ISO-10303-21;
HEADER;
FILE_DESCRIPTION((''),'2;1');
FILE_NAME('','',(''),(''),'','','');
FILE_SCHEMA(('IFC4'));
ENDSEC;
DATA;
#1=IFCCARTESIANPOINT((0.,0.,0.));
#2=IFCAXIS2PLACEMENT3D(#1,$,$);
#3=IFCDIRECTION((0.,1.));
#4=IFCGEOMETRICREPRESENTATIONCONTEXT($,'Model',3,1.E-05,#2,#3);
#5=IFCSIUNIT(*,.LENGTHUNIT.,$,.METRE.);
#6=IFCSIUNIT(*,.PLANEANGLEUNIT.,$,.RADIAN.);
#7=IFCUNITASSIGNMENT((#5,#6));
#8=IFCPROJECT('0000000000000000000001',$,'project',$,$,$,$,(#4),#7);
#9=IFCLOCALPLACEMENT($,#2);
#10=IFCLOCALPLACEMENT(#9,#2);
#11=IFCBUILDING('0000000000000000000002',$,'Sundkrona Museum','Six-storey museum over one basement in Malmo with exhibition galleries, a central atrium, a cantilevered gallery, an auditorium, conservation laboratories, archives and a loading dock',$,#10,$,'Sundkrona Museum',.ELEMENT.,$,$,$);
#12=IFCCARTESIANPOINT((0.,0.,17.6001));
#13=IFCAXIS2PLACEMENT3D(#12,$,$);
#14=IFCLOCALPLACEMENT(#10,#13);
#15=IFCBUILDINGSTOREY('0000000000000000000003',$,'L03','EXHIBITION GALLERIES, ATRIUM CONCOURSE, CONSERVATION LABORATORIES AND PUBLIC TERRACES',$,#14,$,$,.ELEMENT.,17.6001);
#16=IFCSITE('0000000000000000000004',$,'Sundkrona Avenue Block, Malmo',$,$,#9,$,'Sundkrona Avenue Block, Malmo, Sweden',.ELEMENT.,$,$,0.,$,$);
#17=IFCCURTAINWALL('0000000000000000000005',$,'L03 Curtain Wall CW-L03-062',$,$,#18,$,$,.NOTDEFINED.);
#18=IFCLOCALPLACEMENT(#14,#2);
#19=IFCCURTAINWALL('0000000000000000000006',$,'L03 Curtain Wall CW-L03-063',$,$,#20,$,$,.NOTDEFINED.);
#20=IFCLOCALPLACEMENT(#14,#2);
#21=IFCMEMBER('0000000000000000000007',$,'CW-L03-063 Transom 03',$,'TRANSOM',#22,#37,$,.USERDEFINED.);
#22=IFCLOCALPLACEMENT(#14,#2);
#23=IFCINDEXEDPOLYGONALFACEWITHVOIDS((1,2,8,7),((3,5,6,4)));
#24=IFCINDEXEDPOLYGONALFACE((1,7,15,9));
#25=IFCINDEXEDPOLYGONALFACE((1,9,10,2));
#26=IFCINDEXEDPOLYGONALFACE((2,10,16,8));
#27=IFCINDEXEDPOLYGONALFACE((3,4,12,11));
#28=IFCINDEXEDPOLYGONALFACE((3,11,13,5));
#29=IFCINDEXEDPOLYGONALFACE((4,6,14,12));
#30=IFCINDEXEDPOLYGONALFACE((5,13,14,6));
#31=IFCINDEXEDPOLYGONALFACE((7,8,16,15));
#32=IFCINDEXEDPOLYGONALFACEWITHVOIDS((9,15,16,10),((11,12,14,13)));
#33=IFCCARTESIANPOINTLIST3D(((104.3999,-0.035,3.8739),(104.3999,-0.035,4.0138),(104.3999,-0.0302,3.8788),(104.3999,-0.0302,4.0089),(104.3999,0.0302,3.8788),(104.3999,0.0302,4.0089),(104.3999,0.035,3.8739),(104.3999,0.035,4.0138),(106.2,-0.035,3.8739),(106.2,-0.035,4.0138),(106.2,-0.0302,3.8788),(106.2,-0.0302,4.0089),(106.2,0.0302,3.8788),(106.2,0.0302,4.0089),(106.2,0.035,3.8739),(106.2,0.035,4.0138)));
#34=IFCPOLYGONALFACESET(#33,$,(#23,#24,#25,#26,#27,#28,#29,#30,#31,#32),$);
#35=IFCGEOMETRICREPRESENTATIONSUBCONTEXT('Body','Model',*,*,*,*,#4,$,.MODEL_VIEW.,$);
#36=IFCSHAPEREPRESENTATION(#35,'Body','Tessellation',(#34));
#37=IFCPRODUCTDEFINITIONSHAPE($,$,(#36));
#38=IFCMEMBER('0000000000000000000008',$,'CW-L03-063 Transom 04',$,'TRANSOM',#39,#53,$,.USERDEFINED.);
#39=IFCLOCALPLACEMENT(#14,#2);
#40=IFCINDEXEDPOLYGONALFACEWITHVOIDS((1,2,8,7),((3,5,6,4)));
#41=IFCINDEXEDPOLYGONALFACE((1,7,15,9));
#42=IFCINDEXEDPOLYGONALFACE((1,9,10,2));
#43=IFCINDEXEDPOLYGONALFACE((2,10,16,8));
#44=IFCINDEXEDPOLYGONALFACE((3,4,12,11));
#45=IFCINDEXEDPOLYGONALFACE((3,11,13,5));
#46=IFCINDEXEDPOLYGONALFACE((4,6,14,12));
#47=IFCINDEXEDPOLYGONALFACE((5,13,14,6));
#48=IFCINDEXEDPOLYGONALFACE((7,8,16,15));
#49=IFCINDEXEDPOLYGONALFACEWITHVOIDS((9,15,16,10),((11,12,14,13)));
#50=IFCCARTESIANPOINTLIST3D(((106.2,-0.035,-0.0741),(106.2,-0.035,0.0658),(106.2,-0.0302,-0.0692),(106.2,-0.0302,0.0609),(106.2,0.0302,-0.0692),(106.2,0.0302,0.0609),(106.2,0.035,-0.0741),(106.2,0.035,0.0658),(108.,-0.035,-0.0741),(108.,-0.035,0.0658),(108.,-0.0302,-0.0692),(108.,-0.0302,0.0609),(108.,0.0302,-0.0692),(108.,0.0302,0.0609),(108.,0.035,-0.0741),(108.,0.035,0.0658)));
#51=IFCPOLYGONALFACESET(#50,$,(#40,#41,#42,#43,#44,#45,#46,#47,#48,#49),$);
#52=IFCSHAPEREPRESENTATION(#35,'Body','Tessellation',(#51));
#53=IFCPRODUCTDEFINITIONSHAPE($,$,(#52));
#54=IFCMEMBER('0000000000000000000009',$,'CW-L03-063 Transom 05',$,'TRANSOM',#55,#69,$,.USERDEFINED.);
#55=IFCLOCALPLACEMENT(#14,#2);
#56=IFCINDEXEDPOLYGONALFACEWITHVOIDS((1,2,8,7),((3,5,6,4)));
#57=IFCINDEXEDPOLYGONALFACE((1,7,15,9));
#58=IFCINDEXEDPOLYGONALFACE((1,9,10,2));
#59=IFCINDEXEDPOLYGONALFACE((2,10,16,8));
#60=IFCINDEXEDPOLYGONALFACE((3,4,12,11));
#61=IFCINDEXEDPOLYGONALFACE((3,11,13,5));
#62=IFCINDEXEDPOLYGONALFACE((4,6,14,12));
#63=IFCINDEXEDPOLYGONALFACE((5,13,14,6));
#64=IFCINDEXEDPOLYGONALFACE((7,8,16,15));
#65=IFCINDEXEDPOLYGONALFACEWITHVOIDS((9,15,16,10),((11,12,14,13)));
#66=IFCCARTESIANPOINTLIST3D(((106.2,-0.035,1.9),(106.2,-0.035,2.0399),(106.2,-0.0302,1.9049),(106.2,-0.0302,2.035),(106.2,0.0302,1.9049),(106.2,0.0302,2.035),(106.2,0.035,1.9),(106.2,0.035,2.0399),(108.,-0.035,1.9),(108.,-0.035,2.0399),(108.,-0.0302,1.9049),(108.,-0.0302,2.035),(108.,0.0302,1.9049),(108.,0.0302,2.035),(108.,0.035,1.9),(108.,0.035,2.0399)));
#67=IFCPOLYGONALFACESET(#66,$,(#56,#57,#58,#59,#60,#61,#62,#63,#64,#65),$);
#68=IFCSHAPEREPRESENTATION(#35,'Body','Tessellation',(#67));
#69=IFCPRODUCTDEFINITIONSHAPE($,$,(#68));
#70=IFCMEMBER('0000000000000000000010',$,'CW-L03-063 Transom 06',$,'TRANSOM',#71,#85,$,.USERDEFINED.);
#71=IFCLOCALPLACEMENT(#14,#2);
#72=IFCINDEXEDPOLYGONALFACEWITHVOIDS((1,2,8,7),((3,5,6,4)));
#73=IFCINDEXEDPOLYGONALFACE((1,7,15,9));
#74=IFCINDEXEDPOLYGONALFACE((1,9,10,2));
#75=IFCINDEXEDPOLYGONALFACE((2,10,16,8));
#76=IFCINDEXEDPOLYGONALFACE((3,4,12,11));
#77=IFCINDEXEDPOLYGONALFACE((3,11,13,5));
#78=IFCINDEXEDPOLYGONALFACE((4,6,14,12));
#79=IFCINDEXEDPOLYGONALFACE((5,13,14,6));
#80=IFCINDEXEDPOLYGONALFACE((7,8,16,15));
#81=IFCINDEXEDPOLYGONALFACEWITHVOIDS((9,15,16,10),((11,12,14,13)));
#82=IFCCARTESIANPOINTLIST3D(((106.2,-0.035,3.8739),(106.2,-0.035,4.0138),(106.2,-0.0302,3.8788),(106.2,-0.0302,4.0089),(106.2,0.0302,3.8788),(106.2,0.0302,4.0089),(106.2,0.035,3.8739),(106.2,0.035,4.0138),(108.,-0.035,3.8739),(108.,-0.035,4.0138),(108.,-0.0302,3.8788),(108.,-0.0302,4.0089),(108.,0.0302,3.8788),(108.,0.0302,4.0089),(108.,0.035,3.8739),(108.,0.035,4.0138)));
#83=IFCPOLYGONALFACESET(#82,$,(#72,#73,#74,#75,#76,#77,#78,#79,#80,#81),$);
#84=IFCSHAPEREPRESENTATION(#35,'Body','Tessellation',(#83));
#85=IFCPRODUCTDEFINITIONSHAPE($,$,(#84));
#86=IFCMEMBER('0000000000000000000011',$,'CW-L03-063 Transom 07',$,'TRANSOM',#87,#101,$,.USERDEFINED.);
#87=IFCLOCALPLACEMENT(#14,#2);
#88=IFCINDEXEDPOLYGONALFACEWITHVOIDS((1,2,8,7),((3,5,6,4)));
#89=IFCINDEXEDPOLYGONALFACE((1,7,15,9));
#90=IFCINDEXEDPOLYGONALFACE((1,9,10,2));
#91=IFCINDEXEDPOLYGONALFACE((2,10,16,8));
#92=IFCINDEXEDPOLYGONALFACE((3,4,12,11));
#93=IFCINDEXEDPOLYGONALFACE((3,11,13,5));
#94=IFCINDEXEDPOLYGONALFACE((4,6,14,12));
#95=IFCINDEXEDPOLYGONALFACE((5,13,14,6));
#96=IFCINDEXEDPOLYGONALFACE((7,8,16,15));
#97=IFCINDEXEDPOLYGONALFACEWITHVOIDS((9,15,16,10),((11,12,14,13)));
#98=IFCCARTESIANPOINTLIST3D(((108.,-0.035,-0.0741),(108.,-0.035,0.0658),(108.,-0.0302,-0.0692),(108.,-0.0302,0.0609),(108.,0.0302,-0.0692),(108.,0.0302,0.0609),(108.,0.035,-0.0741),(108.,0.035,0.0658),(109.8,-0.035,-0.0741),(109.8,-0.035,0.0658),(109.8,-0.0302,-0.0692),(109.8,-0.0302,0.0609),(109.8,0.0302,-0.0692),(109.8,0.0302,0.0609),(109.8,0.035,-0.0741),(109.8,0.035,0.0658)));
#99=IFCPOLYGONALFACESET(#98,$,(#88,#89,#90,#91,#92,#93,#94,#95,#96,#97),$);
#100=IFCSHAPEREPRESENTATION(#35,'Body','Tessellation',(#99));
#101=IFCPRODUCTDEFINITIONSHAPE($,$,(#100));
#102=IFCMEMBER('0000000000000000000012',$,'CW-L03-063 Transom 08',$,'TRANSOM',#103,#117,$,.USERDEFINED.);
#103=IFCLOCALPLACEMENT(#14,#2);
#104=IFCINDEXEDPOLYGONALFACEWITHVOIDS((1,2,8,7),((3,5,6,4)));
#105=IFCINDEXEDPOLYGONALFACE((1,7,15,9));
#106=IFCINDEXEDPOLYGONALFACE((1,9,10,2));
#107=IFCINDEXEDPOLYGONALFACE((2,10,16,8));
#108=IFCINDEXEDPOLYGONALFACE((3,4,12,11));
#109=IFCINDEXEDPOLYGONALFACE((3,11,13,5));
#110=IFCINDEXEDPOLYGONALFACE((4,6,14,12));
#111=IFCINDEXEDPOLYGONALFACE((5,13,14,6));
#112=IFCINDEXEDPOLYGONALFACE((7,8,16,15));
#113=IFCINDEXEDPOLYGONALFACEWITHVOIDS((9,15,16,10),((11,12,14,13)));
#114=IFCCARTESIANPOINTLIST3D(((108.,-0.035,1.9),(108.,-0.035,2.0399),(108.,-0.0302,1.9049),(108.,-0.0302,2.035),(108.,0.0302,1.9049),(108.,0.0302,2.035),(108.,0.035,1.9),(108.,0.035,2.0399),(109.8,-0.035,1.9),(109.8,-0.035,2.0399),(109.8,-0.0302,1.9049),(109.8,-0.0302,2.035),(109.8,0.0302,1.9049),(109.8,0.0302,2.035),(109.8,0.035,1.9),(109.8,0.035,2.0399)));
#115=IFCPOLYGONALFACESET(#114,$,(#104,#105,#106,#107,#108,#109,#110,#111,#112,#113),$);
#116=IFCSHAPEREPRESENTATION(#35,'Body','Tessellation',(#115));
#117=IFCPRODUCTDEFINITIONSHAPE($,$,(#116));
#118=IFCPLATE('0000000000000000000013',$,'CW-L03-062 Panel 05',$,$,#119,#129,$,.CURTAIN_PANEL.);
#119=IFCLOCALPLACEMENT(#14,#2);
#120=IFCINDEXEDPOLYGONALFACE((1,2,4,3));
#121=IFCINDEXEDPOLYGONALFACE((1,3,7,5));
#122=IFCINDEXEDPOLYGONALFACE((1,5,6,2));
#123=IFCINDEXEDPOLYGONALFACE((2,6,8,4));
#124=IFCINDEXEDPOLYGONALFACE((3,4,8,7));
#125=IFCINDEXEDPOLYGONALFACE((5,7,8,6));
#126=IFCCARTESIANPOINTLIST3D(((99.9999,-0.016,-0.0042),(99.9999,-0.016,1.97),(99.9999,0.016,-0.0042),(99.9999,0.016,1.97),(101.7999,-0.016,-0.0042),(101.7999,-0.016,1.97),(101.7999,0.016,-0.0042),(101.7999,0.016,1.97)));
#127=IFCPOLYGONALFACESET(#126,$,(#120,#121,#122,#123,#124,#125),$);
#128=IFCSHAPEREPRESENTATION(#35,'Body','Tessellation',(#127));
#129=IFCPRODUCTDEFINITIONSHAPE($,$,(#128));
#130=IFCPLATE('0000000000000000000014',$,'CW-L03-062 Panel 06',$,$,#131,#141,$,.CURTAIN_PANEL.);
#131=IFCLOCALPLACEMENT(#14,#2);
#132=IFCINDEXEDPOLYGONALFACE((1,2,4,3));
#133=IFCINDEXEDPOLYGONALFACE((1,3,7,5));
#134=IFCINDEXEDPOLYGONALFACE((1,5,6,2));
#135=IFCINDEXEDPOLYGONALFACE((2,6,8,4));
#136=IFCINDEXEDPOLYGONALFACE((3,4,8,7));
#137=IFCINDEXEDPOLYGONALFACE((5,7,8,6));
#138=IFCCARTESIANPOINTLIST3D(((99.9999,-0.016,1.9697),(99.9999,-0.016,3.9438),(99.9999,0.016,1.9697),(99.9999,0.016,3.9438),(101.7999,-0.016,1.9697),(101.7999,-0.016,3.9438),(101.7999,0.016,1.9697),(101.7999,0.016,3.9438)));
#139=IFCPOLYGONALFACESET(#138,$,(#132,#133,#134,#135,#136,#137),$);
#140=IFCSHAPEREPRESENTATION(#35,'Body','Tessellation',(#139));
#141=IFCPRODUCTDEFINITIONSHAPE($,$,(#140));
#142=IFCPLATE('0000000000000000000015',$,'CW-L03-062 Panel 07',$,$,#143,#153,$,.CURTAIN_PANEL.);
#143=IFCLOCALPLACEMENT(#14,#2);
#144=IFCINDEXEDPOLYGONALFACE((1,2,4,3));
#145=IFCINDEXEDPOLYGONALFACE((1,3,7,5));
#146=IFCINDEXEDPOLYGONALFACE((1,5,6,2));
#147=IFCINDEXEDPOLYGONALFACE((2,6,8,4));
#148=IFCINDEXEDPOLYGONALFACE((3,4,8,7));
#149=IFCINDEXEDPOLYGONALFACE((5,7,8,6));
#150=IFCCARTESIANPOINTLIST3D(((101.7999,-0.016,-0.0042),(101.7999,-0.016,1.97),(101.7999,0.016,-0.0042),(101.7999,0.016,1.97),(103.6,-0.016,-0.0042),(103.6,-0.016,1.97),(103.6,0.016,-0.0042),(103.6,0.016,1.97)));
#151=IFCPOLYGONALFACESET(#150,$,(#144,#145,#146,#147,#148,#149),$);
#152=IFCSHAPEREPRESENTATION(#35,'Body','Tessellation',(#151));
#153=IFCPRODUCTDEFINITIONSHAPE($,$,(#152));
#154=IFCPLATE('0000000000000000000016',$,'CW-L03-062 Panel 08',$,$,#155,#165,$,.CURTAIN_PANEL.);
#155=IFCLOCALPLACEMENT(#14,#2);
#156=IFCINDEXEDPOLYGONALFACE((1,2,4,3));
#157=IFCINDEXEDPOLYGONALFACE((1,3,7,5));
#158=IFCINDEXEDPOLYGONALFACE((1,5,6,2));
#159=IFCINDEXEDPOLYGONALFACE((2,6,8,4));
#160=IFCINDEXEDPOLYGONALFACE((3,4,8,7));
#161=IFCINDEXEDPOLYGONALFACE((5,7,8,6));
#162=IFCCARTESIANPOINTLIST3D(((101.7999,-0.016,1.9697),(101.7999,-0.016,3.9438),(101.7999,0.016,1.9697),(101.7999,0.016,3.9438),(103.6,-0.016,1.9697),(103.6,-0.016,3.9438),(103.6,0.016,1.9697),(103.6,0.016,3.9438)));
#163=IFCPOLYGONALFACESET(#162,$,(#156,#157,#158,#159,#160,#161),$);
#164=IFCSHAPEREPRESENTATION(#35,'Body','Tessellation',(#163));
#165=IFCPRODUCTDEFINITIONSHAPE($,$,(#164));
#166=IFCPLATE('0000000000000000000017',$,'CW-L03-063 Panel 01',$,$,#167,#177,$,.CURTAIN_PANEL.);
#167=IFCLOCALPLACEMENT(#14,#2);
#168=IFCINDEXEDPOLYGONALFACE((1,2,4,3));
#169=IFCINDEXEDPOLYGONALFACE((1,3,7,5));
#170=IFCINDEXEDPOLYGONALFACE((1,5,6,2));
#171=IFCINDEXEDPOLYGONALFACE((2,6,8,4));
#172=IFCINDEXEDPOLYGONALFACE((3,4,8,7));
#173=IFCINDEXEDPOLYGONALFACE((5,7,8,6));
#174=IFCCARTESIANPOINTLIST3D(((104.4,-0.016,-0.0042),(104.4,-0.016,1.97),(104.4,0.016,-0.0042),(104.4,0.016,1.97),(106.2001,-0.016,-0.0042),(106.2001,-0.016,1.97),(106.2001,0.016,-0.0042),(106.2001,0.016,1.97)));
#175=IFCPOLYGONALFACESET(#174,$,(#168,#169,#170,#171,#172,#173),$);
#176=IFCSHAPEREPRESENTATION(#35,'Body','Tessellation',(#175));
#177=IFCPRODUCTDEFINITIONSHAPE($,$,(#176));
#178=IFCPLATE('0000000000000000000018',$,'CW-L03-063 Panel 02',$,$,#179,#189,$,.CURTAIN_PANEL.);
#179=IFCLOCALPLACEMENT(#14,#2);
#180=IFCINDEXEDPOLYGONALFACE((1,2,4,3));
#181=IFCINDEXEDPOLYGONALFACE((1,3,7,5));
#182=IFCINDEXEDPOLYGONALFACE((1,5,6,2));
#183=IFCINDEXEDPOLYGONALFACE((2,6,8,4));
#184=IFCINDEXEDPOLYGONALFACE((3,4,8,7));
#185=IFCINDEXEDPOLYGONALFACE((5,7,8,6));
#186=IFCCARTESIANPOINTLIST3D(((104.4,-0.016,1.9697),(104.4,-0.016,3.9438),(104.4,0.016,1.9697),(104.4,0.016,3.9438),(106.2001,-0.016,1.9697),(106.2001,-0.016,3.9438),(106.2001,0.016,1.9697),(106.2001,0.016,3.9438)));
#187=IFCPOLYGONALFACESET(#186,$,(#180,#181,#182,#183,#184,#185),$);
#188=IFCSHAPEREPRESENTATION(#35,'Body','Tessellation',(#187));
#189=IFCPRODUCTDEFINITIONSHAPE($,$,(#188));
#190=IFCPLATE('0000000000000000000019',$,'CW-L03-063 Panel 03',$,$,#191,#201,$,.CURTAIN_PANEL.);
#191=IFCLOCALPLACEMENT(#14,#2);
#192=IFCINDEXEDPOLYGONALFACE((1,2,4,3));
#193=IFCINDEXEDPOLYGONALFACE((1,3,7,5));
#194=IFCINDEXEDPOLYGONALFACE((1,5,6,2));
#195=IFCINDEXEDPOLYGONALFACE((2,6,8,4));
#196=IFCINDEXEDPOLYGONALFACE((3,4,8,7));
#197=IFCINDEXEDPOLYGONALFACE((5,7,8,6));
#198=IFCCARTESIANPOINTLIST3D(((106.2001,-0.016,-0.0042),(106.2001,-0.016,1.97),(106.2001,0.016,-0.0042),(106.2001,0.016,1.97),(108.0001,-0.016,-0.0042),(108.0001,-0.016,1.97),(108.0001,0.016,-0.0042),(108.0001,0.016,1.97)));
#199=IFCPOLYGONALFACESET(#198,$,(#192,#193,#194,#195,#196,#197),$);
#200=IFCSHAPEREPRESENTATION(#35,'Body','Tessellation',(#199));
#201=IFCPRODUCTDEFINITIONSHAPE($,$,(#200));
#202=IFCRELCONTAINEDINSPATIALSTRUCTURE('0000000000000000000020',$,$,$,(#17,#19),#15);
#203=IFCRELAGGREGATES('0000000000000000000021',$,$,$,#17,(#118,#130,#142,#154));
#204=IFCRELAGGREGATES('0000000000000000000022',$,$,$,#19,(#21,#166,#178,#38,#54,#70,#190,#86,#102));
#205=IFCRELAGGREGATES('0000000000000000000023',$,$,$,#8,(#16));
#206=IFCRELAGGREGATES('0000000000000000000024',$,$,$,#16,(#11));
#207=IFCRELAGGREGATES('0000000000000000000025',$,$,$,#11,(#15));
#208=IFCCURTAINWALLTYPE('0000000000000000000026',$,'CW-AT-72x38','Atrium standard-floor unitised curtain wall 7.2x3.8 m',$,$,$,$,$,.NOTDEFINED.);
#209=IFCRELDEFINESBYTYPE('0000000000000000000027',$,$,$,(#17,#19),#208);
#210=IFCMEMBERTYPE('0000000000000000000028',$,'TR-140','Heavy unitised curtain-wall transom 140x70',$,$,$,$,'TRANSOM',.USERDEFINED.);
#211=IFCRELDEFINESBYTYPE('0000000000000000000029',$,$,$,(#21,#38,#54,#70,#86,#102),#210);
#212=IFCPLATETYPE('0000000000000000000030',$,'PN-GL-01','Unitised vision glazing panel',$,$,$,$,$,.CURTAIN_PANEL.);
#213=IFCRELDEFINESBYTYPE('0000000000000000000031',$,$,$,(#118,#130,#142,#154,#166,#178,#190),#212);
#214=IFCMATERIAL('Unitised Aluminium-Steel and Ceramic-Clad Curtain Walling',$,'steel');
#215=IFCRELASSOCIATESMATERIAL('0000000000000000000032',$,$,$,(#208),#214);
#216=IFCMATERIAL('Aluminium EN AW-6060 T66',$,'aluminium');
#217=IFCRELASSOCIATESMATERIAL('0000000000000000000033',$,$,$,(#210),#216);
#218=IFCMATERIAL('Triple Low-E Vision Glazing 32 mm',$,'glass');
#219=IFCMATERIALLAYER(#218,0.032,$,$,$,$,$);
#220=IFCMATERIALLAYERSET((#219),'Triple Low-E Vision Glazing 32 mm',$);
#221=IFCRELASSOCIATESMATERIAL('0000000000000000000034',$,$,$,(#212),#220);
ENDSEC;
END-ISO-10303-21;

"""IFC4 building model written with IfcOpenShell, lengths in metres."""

from ifc_helpers import new_model, si_unit, direction, frame, origin, origin_2d, place, context, subcontext, project, spatial, rectangle, hollow_rectangle, extrude, material, layer, layer_set, material_profile, profile_set, type_object, element, aggregate, save


model = new_model("IFC4")

# Units and contexts
model_context = context("Model", 3, precision=1e-05, world=origin(), true_north=direction((0.0, 1.0)))
body_context = subcontext(model_context, "Body", "Model", "MODEL_VIEW")
ifc_project = project(units=[si_unit("LENGTHUNIT", "METRE"), si_unit("PLANEANGLEUNIT", "RADIAN")], contexts=[model_context])

# Site, building, storey
site_placement = place(None, origin())
site = spatial("IfcSite", under=ifc_project, at=site_placement, Name="Sundkrona Avenue Block, Malmo", LongName="Sundkrona Avenue Block, Malmo, Sweden", CompositionType="ELEMENT", RefElevation=0.0)
building_placement = place(site_placement, origin())
building = spatial("IfcBuilding", under=site, at=building_placement, Name="Sundkrona Museum", Description="Six-storey museum over one basement in Malmo with exhibition galleries, a central atrium, a cantilevered gallery, an auditorium, conservation laboratories, archives and a loading dock", LongName="Sundkrona Museum", CompositionType="ELEMENT")
storey_placement = place(building_placement, frame((0.0, 0.0, 17.6001)))
storey = spatial("IfcBuildingStorey", under=building, at=storey_placement, Name="L03", Description="EXHIBITION GALLERIES, ATRIUM CONCOURSE, CONSERVATION LABORATORIES AND PUBLIC TERRACES", CompositionType="ELEMENT", Elevation=17.6001)

# Curtain walls
ifc_material_1 = material(Name="Unitised Aluminium-Steel and Ceramic-Clad Curtain Walling", Category="steel")
curtain_wall_type = type_object("IfcCurtainWallType", Name="CW-AT-72x38", Description="Atrium standard-floor unitised curtain wall 7.2x3.8 m", PredefinedType="NOTDEFINED", material=ifc_material_1)
curtain_wall_1_placement = place(storey_placement, origin())
curtain_wall_1 = element("IfcCurtainWall", 1, at=curtain_wall_1_placement, inside=storey, type_object=curtain_wall_type, Name="L03 Curtain Wall CW-L03-062", PredefinedType="NOTDEFINED")
ifc_material_2 = material(Name="Aluminium EN AW-6060 T66", Category="aluminium")
curtain_wall_2_placement = place(storey_placement, origin())
curtain_wall_2 = element("IfcCurtainWall", 2, at=curtain_wall_2_placement, inside=storey, type_object=curtain_wall_type, Name="L03 Curtain Wall CW-L03-063", PredefinedType="NOTDEFINED")

# Members
ifc_material_profile_1 = material_profile(ifc_material_2, hollow_rectangle(XDim=0.0701, YDim=0.1399, WallThickness=0.0049, at=origin_2d()), Name="RHS 140x70x5.0")
ifc_profile_set_1 = profile_set([ifc_material_profile_1], Name="Aluminium EN AW-6060 T66")
member_type_1 = type_object("IfcMemberType", Name="TR-140", Description="Heavy unitised curtain-wall transom 140x70", ElementType="TRANSOM", PredefinedType="USERDEFINED", material=ifc_profile_set_1)
member_1_placement = place(storey_placement, frame((104.3999, 0.0, 3.9438), z_axis=(1.0, 0.0, 0.0), x_axis=(0.0, 1.0, 0.0)))
member_1 = element("IfcMember", 3, at=member_1_placement, type_object=member_type_1, Name="CW-L03-063 Transom 03", ObjectType="TRANSOM", PredefinedType="USERDEFINED", context=body_context, shape_type="SweptSolid", body=[
    extrude(hollow_rectangle(XDim=0.0701, YDim=0.1399, WallThickness=0.0049, at=origin_2d()), origin(), (0.0, 0.0, 1.0), 1.8),
])
member_2_placement = place(storey_placement, frame((106.2, 0.0, -0.0042), z_axis=(1.0, 0.0, 0.0), x_axis=(0.0, 1.0, 0.0)))
member_2 = element("IfcMember", 4, at=member_2_placement, type_object=member_type_1, Name="CW-L03-063 Transom 04", ObjectType="TRANSOM", PredefinedType="USERDEFINED", context=body_context, shape_type="SweptSolid", body=[
    extrude(hollow_rectangle(XDim=0.0701, YDim=0.1399, WallThickness=0.0049, at=origin_2d()), origin(), (0.0, 0.0, 1.0), 1.8),
])
member_3_placement = place(storey_placement, frame((106.2, 0.0, 1.97), z_axis=(1.0, 0.0, 0.0), x_axis=(0.0, 1.0, 0.0)))
member_3 = element("IfcMember", 5, at=member_3_placement, type_object=member_type_1, Name="CW-L03-063 Transom 05", ObjectType="TRANSOM", PredefinedType="USERDEFINED", context=body_context, shape_type="SweptSolid", body=[
    extrude(hollow_rectangle(XDim=0.0701, YDim=0.1399, WallThickness=0.0049, at=origin_2d()), origin(), (0.0, 0.0, 1.0), 1.8),
])
member_4_placement = place(storey_placement, frame((106.2, 0.0, 3.9438), z_axis=(1.0, 0.0, 0.0), x_axis=(0.0, 1.0, 0.0)))
member_4 = element("IfcMember", 6, at=member_4_placement, type_object=member_type_1, Name="CW-L03-063 Transom 06", ObjectType="TRANSOM", PredefinedType="USERDEFINED", context=body_context, shape_type="SweptSolid", body=[
    extrude(hollow_rectangle(XDim=0.0701, YDim=0.1399, WallThickness=0.0049, at=origin_2d()), origin(), (0.0, 0.0, 1.0), 1.8),
])
member_5_placement = place(storey_placement, frame((108.0, 0.0, -0.0042), z_axis=(1.0, 0.0, 0.0), x_axis=(0.0, 1.0, 0.0)))
member_5 = element("IfcMember", 7, at=member_5_placement, type_object=member_type_1, Name="CW-L03-063 Transom 07", ObjectType="TRANSOM", PredefinedType="USERDEFINED", context=body_context, shape_type="SweptSolid", body=[
    extrude(hollow_rectangle(XDim=0.0701, YDim=0.1399, WallThickness=0.0049, at=origin_2d()), origin(), (0.0, 0.0, 1.0), 1.8),
])
member_6_placement = place(storey_placement, frame((108.0, 0.0, 1.97), z_axis=(1.0, 0.0, 0.0), x_axis=(0.0, 1.0, 0.0)))
member_6 = element("IfcMember", 8, at=member_6_placement, type_object=member_type_1, Name="CW-L03-063 Transom 08", ObjectType="TRANSOM", PredefinedType="USERDEFINED", context=body_context, shape_type="SweptSolid", body=[
    extrude(hollow_rectangle(XDim=0.0701, YDim=0.1399, WallThickness=0.0049, at=origin_2d()), origin(), (0.0, 0.0, 1.0), 1.8),
])

# Plates
ifc_material_3 = material(Name="Triple Low-E Vision Glazing 32 mm", Category="glass")
ifc_layer = layer(ifc_material_3, 0.032)
ifc_layer_set = layer_set([ifc_layer], Name="Triple Low-E Vision Glazing 32 mm")
plate_type = type_object("IfcPlateType", Name="PN-GL-01", Description="Unitised vision glazing panel", PredefinedType="CURTAIN_PANEL", material=ifc_layer_set)
plate_1_placement = place(storey_placement, frame((100.8999, 0.0, -0.0042), z_axis=(0.0, 0.0, 1.0), x_axis=(1.0, 0.0, 0.0)))
plate_1 = element("IfcPlate", 9, at=plate_1_placement, type_object=plate_type, Name="CW-L03-062 Panel 05", PredefinedType="CURTAIN_PANEL", context=body_context, shape_type="SweptSolid", body=[
    extrude(rectangle(XDim=1.8, YDim=0.032, at=origin_2d()), origin(), (0.0, 0.0, 1.0), 1.9741),
])
plate_2_placement = place(storey_placement, frame((100.8999, 0.0, 1.9697), z_axis=(0.0, 0.0, 1.0), x_axis=(1.0, 0.0, 0.0)))
plate_2 = element("IfcPlate", 10, at=plate_2_placement, type_object=plate_type, Name="CW-L03-062 Panel 06", PredefinedType="CURTAIN_PANEL", context=body_context, shape_type="SweptSolid", body=[
    extrude(rectangle(XDim=1.8, YDim=0.032, at=origin_2d()), origin(), (0.0, 0.0, 1.0), 1.9741),
])
plate_3_placement = place(storey_placement, frame((102.7, 0.0, -0.0042), z_axis=(0.0, 0.0, 1.0), x_axis=(1.0, 0.0, 0.0)))
plate_3 = element("IfcPlate", 11, at=plate_3_placement, type_object=plate_type, Name="CW-L03-062 Panel 07", PredefinedType="CURTAIN_PANEL", context=body_context, shape_type="SweptSolid", body=[
    extrude(rectangle(XDim=1.8, YDim=0.032, at=origin_2d()), origin(), (0.0, 0.0, 1.0), 1.9741),
])
plate_4_placement = place(storey_placement, frame((102.7, 0.0, 1.9697), z_axis=(0.0, 0.0, 1.0), x_axis=(1.0, 0.0, 0.0)))
plate_4 = element("IfcPlate", 12, at=plate_4_placement, type_object=plate_type, Name="CW-L03-062 Panel 08", PredefinedType="CURTAIN_PANEL", context=body_context, shape_type="SweptSolid", body=[
    extrude(rectangle(XDim=1.8, YDim=0.032, at=origin_2d()), origin(), (0.0, 0.0, 1.0), 1.9741),
])
aggregate(curtain_wall_1, [plate_1, plate_2, plate_3, plate_4])
plate_5_placement = place(storey_placement, frame((105.3, 0.0, -0.0042), z_axis=(0.0, 0.0, 1.0), x_axis=(1.0, 0.0, 0.0)))
plate_5 = element("IfcPlate", 13, at=plate_5_placement, type_object=plate_type, Name="CW-L03-063 Panel 01", PredefinedType="CURTAIN_PANEL", context=body_context, shape_type="SweptSolid", body=[
    extrude(rectangle(XDim=1.8, YDim=0.032, at=origin_2d()), origin(), (0.0, 0.0, 1.0), 1.9741),
])
plate_6_placement = place(storey_placement, frame((105.3, 0.0, 1.9697), z_axis=(0.0, 0.0, 1.0), x_axis=(1.0, 0.0, 0.0)))
plate_6 = element("IfcPlate", 14, at=plate_6_placement, type_object=plate_type, Name="CW-L03-063 Panel 02", PredefinedType="CURTAIN_PANEL", context=body_context, shape_type="SweptSolid", body=[
    extrude(rectangle(XDim=1.8, YDim=0.032, at=origin_2d()), origin(), (0.0, 0.0, 1.0), 1.9741),
])
plate_7_placement = place(storey_placement, frame((107.1001, 0.0, -0.0042), z_axis=(0.0, 0.0, 1.0), x_axis=(1.0, 0.0, 0.0)))
plate_7 = element("IfcPlate", 15, at=plate_7_placement, type_object=plate_type, Name="CW-L03-063 Panel 03", PredefinedType="CURTAIN_PANEL", context=body_context, shape_type="SweptSolid", body=[
    extrude(rectangle(XDim=1.8, YDim=0.032, at=origin_2d()), origin(), (0.0, 0.0, 1.0), 1.9741),
])
aggregate(curtain_wall_2, [member_1, plate_5, plate_6, member_2, member_3, member_4, plate_7, member_5, member_6])

save(model, "model.ifc")
